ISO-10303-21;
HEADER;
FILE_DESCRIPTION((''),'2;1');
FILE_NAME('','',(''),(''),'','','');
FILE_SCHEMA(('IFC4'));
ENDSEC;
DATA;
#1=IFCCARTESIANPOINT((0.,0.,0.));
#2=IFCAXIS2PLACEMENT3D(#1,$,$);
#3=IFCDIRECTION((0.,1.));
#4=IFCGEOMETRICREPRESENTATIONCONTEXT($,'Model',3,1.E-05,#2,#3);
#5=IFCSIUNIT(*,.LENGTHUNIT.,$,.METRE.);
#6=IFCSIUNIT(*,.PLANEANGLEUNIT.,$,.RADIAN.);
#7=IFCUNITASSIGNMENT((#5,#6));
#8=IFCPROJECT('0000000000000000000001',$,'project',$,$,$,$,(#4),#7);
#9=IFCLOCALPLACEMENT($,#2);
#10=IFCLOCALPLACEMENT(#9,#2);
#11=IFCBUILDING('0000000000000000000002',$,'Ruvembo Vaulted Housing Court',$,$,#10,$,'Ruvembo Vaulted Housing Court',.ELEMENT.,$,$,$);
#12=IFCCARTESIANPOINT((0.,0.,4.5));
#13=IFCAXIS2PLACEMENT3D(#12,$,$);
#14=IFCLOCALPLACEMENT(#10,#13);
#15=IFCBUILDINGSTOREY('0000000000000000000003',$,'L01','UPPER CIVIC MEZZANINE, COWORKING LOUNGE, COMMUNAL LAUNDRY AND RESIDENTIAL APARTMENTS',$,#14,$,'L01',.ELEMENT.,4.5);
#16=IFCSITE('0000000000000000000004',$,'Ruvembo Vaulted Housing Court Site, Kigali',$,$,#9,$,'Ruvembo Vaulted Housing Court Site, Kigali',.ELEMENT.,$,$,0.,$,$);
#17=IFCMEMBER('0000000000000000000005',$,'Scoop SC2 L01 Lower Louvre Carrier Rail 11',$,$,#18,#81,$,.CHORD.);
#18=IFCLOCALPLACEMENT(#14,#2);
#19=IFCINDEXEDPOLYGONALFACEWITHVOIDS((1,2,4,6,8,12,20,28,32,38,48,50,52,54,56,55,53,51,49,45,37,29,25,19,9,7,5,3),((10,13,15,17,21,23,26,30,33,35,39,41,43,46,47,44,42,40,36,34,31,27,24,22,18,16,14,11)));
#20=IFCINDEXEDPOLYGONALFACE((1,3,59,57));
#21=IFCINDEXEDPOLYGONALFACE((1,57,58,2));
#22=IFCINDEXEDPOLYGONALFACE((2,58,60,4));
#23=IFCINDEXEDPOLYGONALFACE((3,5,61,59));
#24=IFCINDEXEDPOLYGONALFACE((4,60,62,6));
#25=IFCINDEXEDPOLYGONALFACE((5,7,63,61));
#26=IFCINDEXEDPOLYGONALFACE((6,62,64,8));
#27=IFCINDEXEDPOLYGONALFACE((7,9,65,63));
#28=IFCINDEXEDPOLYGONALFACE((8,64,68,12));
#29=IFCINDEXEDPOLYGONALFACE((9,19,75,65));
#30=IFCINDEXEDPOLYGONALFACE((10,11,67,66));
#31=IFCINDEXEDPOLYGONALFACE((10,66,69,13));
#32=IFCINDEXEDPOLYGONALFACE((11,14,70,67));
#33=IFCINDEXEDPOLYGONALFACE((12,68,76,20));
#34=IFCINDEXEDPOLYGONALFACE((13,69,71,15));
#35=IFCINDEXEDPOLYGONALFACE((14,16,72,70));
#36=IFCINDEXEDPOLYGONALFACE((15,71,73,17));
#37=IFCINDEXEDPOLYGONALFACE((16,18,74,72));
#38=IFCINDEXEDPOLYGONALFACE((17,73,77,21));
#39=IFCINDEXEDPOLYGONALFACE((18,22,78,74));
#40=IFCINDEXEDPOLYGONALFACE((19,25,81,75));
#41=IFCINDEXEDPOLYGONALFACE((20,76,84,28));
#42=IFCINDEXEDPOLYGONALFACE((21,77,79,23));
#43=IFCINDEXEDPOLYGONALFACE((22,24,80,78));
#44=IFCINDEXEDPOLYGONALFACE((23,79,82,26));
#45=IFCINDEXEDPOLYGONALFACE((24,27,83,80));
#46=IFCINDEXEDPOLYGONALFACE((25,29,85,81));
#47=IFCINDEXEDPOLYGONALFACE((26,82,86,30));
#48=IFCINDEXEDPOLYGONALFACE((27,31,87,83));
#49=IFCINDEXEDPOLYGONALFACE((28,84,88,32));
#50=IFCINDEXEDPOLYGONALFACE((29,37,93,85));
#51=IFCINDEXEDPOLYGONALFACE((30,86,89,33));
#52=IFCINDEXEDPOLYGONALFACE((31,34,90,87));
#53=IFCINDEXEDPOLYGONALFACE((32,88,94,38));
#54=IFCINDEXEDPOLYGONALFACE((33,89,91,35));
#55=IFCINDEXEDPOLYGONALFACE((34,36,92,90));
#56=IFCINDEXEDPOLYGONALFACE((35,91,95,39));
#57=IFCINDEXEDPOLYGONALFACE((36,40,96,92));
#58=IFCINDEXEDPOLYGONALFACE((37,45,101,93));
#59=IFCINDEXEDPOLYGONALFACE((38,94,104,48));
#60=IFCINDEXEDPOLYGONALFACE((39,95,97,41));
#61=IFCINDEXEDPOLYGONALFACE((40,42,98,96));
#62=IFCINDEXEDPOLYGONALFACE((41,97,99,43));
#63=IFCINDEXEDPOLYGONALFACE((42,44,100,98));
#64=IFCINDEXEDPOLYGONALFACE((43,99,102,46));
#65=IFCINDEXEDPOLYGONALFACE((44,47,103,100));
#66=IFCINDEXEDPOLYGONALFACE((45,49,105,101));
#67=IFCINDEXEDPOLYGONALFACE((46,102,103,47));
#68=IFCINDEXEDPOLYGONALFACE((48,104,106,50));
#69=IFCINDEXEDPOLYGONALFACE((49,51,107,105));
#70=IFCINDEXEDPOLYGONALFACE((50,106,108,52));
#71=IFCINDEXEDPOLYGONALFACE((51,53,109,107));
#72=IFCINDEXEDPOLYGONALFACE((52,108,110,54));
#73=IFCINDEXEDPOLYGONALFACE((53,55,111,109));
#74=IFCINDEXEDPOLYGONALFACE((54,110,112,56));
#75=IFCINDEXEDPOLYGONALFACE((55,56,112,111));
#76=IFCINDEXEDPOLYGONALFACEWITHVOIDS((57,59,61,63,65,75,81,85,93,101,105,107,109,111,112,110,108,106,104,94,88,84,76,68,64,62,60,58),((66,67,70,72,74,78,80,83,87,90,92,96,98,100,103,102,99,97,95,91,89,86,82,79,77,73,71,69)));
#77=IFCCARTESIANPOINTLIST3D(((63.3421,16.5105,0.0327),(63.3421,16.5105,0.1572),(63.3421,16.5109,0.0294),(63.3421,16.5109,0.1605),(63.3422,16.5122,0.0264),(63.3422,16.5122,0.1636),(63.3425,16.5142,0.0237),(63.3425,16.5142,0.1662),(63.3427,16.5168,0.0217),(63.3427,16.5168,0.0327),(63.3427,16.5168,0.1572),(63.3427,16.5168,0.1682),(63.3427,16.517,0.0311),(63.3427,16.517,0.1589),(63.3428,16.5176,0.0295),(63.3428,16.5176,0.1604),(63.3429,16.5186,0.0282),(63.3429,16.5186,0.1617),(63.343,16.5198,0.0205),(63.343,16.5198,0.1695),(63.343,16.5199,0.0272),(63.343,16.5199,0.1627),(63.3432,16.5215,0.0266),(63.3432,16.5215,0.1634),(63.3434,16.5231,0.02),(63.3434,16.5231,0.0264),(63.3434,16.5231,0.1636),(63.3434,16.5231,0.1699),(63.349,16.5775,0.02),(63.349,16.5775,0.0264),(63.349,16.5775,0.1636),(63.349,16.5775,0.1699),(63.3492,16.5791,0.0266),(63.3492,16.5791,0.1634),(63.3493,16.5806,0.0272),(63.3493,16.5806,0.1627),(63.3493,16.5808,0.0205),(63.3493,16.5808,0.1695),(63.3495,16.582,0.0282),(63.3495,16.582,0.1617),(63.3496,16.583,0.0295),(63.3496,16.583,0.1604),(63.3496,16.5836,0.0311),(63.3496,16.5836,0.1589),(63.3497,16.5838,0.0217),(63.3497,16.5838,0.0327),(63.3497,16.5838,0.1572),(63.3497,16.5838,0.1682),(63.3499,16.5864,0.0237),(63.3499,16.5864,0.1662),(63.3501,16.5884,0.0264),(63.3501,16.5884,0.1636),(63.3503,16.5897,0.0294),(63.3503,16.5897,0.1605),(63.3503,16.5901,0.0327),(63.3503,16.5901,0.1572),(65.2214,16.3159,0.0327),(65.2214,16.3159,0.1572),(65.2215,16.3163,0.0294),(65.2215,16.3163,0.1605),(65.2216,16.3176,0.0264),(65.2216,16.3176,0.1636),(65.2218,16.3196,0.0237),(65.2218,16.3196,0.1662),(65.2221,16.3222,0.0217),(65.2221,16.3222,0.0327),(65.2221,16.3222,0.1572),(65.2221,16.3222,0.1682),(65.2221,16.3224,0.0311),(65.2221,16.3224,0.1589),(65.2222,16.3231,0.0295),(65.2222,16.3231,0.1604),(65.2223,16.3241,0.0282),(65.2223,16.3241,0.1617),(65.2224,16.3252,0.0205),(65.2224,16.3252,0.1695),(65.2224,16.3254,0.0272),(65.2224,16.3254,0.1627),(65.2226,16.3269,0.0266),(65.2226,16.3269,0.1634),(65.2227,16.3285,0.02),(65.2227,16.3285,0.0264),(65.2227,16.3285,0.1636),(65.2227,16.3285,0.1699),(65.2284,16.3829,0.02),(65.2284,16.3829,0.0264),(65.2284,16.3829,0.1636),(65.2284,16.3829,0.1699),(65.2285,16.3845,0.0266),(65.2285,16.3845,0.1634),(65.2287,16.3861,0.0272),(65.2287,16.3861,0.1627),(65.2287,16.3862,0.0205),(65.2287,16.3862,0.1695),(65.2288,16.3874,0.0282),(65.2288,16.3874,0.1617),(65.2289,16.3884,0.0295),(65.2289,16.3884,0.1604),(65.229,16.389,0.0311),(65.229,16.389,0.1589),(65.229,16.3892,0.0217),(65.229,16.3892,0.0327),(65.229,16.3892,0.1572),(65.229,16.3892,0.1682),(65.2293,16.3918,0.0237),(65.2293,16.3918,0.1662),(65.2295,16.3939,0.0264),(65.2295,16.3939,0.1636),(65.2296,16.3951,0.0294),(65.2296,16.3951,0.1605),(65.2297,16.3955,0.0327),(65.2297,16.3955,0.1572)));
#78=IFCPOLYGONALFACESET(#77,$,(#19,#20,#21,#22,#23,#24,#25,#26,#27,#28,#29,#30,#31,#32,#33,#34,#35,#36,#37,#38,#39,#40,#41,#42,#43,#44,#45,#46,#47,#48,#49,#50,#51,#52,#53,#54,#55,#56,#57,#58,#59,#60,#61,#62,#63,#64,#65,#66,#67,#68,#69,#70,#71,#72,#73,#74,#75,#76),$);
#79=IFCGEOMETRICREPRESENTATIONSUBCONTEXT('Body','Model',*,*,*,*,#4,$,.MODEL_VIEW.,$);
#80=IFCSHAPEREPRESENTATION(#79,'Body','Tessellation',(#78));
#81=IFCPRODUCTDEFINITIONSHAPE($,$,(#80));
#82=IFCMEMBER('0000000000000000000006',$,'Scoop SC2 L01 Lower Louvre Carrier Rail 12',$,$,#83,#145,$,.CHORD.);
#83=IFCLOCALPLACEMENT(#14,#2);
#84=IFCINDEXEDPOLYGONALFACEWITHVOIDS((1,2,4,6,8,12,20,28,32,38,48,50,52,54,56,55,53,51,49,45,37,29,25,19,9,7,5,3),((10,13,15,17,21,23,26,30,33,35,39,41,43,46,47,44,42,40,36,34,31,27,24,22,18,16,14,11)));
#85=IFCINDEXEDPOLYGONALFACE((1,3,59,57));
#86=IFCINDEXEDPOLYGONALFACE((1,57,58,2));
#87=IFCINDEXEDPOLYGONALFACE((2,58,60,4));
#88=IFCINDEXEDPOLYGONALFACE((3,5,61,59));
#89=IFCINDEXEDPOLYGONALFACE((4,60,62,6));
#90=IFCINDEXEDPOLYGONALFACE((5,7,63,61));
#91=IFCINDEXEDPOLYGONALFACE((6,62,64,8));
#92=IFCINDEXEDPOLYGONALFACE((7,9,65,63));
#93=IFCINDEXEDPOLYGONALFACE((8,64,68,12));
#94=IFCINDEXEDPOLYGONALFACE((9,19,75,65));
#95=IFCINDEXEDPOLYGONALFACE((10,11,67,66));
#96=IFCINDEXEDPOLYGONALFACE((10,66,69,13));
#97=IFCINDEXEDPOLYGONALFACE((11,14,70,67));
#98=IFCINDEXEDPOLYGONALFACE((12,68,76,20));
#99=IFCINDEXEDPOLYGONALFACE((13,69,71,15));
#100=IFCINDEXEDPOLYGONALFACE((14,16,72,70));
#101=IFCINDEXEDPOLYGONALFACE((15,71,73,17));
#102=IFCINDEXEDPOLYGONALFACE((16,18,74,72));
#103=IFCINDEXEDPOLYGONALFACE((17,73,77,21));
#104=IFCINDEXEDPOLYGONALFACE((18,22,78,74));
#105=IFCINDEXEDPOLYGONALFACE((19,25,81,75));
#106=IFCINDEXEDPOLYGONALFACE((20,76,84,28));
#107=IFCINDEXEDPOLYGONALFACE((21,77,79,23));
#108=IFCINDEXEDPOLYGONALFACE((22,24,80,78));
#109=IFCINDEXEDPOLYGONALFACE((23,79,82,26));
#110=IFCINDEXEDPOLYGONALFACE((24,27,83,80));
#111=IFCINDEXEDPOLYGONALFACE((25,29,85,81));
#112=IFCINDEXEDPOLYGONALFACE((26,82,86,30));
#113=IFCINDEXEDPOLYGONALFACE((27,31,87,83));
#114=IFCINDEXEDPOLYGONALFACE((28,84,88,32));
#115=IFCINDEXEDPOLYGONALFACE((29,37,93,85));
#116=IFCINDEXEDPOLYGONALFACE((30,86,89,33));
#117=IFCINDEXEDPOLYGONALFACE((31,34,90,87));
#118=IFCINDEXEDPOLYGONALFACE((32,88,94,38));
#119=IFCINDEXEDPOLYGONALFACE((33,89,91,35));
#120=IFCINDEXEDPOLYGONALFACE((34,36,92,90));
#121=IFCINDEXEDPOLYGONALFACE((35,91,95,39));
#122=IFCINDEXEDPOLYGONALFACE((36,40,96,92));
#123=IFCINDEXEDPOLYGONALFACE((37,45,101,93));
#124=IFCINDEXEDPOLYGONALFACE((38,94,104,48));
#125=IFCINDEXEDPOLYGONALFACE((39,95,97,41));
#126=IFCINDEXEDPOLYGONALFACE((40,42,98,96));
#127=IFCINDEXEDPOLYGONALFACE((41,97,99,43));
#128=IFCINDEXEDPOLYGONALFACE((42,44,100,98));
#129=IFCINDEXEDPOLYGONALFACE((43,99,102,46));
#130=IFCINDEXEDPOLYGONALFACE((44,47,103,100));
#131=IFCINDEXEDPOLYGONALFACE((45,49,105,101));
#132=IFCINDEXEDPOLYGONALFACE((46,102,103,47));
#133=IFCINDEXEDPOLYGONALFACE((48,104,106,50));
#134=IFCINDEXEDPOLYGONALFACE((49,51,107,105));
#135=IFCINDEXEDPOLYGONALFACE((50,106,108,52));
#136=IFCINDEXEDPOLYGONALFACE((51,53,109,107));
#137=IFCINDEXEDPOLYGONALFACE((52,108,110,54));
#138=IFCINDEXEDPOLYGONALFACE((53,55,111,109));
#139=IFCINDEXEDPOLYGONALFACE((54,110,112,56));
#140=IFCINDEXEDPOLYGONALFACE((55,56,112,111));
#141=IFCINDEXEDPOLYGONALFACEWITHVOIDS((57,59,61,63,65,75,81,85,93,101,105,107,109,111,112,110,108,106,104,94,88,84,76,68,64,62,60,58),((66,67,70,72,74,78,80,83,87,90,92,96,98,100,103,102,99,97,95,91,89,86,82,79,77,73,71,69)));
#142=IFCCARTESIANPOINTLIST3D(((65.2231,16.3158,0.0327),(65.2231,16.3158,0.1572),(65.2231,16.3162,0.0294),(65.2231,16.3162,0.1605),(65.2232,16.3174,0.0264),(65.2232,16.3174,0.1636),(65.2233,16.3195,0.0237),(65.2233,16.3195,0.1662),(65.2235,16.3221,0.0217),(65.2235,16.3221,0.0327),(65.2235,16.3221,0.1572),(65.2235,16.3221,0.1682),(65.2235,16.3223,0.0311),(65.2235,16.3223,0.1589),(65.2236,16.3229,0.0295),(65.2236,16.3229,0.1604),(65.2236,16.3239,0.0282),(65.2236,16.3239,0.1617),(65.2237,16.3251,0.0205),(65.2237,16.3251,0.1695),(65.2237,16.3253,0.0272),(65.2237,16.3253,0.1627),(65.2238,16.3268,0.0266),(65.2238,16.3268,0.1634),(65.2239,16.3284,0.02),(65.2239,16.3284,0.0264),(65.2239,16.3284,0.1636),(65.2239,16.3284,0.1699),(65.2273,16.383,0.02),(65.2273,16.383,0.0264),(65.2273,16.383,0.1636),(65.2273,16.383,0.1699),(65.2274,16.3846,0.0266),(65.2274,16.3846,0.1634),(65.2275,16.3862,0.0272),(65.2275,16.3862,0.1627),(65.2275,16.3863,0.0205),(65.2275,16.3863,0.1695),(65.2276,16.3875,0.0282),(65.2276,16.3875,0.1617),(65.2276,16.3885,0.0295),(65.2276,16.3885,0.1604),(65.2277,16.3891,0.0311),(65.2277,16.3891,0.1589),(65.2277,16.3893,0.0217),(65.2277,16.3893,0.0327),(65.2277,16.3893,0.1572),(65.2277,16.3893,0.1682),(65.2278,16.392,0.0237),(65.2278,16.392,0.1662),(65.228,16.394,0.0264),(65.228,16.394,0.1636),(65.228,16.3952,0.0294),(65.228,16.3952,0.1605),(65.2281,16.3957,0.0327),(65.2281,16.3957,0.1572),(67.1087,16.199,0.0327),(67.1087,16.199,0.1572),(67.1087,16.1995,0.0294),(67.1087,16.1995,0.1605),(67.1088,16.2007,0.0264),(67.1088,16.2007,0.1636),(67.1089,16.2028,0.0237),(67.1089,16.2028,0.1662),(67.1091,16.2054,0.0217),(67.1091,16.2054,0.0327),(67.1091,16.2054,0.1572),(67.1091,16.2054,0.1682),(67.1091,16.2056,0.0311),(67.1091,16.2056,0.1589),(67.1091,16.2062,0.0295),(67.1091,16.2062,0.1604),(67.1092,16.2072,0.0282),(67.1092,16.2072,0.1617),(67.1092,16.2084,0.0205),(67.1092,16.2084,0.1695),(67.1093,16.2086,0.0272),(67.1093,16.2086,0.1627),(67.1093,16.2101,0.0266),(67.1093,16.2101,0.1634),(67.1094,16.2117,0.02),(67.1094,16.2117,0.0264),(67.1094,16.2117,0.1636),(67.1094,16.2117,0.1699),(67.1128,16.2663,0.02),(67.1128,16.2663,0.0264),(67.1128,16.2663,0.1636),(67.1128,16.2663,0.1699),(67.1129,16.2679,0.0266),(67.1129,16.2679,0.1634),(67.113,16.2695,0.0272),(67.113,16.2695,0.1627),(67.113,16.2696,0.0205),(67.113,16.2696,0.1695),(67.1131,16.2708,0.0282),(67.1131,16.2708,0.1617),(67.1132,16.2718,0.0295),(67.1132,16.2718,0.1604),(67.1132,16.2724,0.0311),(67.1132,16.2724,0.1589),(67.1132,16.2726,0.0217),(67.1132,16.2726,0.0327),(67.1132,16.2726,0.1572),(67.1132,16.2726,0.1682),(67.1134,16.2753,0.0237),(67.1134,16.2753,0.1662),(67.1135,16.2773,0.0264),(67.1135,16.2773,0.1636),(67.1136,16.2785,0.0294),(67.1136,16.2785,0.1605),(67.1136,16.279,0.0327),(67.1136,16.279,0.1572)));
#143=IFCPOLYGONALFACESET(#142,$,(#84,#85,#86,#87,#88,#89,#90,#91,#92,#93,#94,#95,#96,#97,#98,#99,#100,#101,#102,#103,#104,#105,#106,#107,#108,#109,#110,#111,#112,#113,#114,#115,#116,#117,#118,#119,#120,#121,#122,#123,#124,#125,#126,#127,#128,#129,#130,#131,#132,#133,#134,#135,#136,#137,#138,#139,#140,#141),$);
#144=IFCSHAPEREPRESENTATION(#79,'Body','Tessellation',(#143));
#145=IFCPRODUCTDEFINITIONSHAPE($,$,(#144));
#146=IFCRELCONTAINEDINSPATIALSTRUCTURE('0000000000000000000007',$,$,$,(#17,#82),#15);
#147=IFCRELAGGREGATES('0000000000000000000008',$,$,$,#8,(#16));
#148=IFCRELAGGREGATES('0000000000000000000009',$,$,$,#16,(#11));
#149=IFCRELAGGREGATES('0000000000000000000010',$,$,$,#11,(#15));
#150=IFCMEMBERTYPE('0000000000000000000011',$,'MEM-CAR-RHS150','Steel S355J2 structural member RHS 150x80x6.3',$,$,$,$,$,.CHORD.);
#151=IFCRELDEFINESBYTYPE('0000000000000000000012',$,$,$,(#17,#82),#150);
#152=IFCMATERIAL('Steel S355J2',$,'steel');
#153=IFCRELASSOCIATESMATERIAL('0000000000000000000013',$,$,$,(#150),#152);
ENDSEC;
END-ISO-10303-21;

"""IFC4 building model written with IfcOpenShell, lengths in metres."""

from ifc_helpers import new_model, si_unit, direction, frame, origin, origin_2d, place, context, subcontext, project, spatial, hollow_rectangle, extrude, material, material_profile, profile_set, type_object, element, save


model = new_model("IFC4")

# Units and contexts
model_context = context("Model", 3, precision=1e-05, world=origin(), true_north=direction((0.0, 1.0)))
body_context = subcontext(model_context, "Body", "Model", "MODEL_VIEW")
ifc_project = project(units=[si_unit("LENGTHUNIT", "METRE"), si_unit("PLANEANGLEUNIT", "RADIAN")], contexts=[model_context])

# Site, building, storey
site_placement = place(None, origin())
site = spatial("IfcSite", under=ifc_project, at=site_placement, Name="Ruvembo Vaulted Housing Court Site, Kigali", LongName="Ruvembo Vaulted Housing Court Site, Kigali", CompositionType="ELEMENT", RefElevation=0.0)
building_placement = place(site_placement, origin())
building = spatial("IfcBuilding", under=site, at=building_placement, Name="Ruvembo Vaulted Housing Court", LongName="Ruvembo Vaulted Housing Court", CompositionType="ELEMENT")
storey_placement = place(building_placement, frame((0.0, 0.0, 4.5)))
storey = spatial("IfcBuildingStorey", under=building, at=storey_placement, Name="L01", Description="UPPER CIVIC MEZZANINE, COWORKING LOUNGE, COMMUNAL LAUNDRY AND RESIDENTIAL APARTMENTS", LongName="L01", CompositionType="ELEMENT", Elevation=4.5)

# Shared definitions
ifc_material_1 = material(Name="Steel S355J2", Category="steel")

# Members
ifc_material_profile_1 = material_profile(ifc_material_1, hollow_rectangle(XDim=0.0801, YDim=0.1499, WallThickness=0.0063, InnerFilletRadius=0.0063, OuterFilletRadius=0.0127, at=origin_2d()), Name="RHS 150x80x6.3")
ifc_profile_set_1 = profile_set([ifc_material_profile_1], Name="Steel S355J2")
member_type_1 = type_object("IfcMemberType", Name="MEM-CAR-RHS150", Description="Steel S355J2 structural member RHS 150x80x6.3", PredefinedType="CHORD", material=ifc_profile_set_1)
member_1_placement = place(storey_placement, frame((63.3462, 16.5503, 0.095), z_axis=(0.994683, -0.102983, 0.0), x_axis=(0.102983, 0.994683, 0.0)))
element("IfcMember", 1, at=member_1_placement, inside=storey, type_object=member_type_1, Name="Scoop SC2 L01 Lower Louvre Carrier Rail 11", PredefinedType="CHORD", context=body_context, shape_type="SweptSolid", body=[
    extrude(hollow_rectangle(XDim=0.0801, YDim=0.1499, WallThickness=0.0063, InnerFilletRadius=0.0063, OuterFilletRadius=0.0127, at=origin_2d()), origin(), (0.0, 0.0, 1.0), 1.8894),
])
member_2_placement = place(storey_placement, frame((65.2256, 16.3557, 0.095), z_axis=(0.99809, -0.061775, 0.0), x_axis=(0.061775, 0.99809, 0.0)))
element("IfcMember", 2, at=member_2_placement, inside=storey, type_object=member_type_1, Name="Scoop SC2 L01 Lower Louvre Carrier Rail 12", PredefinedType="CHORD", context=body_context, shape_type="SweptSolid", body=[
    extrude(hollow_rectangle(XDim=0.0801, YDim=0.1499, WallThickness=0.0063, InnerFilletRadius=0.0063, OuterFilletRadius=0.0127, at=origin_2d()), origin(), (0.0, 0.0, 1.0), 1.8892),
])

save(model, "model.ifc")
